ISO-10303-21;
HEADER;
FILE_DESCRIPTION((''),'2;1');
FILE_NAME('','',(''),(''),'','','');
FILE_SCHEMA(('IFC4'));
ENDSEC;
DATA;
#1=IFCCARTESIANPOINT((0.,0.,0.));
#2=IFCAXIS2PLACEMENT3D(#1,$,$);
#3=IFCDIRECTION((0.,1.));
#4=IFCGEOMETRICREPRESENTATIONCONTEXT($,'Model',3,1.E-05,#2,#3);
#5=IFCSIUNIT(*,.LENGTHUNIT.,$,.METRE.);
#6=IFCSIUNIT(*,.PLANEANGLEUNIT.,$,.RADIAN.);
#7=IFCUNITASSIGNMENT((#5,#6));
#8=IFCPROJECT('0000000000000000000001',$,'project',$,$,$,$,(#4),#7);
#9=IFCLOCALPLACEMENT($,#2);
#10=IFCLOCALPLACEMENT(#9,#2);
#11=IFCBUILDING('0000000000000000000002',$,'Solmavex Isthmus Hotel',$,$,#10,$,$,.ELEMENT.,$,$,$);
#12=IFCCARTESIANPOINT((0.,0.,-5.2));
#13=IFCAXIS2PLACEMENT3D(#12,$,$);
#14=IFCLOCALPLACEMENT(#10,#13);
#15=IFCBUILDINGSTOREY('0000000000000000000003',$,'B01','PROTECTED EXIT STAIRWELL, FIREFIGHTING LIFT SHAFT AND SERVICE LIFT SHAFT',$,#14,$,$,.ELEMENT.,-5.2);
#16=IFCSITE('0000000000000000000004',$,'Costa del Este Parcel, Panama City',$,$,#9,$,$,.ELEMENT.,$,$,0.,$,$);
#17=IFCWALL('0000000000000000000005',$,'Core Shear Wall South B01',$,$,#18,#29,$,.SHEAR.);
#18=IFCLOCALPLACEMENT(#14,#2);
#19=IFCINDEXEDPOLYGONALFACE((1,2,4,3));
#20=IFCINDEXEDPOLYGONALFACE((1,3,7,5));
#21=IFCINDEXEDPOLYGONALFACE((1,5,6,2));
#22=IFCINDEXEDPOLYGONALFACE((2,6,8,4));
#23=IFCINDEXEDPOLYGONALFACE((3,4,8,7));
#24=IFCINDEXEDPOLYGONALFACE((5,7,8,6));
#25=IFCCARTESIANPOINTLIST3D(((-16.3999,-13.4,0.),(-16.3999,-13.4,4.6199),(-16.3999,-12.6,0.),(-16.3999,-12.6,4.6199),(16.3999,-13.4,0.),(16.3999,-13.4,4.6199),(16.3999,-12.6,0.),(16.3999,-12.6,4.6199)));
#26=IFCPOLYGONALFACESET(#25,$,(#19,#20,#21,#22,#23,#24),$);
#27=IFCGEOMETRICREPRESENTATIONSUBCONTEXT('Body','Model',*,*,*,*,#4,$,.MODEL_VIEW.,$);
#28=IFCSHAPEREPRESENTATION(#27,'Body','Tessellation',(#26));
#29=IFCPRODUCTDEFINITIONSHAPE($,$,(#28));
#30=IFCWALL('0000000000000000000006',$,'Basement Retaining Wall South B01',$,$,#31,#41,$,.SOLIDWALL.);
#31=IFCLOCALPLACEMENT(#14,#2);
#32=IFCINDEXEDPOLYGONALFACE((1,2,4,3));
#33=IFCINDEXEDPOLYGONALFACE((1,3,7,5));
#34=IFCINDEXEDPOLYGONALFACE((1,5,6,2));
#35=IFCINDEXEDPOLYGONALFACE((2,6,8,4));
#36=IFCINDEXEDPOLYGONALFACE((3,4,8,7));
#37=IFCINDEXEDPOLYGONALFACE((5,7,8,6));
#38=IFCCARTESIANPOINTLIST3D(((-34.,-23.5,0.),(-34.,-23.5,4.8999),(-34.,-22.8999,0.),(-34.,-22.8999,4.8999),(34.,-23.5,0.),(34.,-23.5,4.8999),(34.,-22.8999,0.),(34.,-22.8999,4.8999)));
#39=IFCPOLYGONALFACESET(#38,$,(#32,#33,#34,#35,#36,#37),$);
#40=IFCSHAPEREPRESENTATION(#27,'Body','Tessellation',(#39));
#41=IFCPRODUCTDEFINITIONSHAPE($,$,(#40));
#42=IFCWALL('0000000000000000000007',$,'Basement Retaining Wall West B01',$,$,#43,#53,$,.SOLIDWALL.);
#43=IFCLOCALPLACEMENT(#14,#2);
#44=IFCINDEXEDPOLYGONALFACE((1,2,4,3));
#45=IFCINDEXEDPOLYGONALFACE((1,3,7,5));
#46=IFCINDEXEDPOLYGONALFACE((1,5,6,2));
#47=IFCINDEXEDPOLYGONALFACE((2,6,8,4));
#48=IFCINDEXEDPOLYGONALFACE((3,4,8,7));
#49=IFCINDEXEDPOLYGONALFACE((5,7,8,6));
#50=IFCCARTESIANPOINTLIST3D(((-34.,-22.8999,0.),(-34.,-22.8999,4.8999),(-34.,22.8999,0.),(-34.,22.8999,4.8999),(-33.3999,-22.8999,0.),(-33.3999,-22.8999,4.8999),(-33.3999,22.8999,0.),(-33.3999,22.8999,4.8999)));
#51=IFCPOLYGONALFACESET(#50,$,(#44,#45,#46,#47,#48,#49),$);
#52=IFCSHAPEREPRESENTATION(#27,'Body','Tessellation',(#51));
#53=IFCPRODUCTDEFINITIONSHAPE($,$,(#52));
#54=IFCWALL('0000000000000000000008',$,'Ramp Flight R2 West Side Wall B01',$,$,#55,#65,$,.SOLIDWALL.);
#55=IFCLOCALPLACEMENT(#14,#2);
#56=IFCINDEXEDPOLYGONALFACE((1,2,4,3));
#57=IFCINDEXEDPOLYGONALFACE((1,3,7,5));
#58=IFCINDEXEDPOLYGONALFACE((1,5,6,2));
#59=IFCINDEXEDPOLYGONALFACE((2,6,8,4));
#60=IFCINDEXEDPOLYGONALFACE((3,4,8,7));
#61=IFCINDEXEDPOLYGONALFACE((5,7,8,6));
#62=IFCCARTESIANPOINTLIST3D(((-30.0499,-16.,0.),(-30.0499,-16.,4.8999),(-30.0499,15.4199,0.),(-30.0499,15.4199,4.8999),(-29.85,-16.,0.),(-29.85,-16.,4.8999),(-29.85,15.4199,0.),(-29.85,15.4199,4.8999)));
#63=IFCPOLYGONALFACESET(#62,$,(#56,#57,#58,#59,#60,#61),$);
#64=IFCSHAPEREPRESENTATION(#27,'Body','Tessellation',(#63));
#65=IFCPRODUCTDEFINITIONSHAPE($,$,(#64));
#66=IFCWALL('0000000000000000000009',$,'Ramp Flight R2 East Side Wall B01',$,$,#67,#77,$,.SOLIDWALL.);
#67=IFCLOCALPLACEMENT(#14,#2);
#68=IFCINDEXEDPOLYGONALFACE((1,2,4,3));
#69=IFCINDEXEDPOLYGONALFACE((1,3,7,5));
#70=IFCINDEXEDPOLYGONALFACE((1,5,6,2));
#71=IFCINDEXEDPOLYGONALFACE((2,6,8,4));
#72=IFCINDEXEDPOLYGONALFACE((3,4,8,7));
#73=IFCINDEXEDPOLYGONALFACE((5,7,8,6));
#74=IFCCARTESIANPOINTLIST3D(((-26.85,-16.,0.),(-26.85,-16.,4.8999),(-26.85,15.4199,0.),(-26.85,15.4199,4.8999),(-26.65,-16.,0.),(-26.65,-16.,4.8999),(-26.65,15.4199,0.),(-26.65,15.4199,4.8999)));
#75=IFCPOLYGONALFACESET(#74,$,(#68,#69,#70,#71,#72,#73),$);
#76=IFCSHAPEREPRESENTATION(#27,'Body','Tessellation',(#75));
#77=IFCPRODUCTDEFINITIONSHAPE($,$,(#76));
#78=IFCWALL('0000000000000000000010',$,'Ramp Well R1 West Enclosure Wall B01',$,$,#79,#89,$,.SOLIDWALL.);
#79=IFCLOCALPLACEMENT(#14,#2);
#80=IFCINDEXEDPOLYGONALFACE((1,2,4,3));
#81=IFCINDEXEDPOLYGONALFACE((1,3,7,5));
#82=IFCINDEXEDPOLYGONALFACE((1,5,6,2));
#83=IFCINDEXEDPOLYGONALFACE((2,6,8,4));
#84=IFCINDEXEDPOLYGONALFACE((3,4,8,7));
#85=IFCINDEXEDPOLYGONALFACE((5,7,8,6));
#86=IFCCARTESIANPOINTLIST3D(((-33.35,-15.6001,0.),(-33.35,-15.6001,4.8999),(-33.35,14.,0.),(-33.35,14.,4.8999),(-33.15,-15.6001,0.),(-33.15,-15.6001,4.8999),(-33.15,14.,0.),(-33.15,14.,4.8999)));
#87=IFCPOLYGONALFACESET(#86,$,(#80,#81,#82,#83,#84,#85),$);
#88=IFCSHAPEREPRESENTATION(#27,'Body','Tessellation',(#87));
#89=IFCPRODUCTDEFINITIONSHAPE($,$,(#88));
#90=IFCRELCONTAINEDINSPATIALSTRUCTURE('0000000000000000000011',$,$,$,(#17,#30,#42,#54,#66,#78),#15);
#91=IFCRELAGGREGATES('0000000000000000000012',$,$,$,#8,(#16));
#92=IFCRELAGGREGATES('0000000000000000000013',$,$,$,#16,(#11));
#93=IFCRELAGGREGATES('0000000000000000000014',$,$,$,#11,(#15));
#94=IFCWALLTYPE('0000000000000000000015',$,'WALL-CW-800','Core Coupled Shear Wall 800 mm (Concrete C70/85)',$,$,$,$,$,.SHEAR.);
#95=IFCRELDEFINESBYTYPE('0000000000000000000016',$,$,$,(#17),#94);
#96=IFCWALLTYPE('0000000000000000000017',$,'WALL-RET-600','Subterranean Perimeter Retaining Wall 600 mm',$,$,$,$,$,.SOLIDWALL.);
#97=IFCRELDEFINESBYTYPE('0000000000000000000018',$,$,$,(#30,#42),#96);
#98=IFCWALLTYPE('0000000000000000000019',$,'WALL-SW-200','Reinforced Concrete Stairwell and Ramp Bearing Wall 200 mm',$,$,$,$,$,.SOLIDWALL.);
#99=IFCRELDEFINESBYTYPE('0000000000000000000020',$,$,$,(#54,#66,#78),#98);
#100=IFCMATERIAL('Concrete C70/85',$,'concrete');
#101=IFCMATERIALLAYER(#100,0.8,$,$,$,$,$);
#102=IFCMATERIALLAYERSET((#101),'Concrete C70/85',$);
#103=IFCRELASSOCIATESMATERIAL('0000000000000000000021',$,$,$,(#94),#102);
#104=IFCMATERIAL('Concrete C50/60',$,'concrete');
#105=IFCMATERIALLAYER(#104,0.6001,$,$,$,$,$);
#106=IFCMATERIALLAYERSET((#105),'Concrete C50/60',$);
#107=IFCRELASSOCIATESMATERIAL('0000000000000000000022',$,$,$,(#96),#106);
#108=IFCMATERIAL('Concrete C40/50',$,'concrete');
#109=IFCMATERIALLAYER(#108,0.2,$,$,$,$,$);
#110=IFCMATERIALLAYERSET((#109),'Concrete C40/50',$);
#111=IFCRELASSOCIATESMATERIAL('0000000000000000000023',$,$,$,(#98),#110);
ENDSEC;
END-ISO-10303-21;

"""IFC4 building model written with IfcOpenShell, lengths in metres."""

from ifc_helpers import new_model, si_unit, direction, frame, frame_2d, origin, place, context, subcontext, project, spatial, rectangle, extrude, material, layer, layer_set, type_object, element, save


model = new_model("IFC4")

# Units and contexts
model_context = context("Model", 3, precision=1e-05, world=origin(), true_north=direction((0.0, 1.0)))
body_context = subcontext(model_context, "Body", "Model", "MODEL_VIEW")
ifc_project = project(units=[si_unit("LENGTHUNIT", "METRE"), si_unit("PLANEANGLEUNIT", "RADIAN")], contexts=[model_context])

# Site, building, storey
site_placement = place(None, origin())
site = spatial("IfcSite", under=ifc_project, at=site_placement, Name="Costa del Este Parcel, Panama City", CompositionType="ELEMENT", RefElevation=0.0)
building_placement = place(site_placement, origin())
building = spatial("IfcBuilding", under=site, at=building_placement, Name="Solmavex Isthmus Hotel", CompositionType="ELEMENT")
storey_placement = place(building_placement, frame((0.0, 0.0, -5.2)))
storey = spatial("IfcBuildingStorey", under=building, at=storey_placement, Name="B01", Description="PROTECTED EXIT STAIRWELL, FIREFIGHTING LIFT SHAFT AND SERVICE LIFT SHAFT", CompositionType="ELEMENT", Elevation=-5.2)

# Shared definitions
ifc_material_1 = material(Name="Concrete C70/85", Category="concrete")
ifc_material_2 = material(Name="Concrete C50/60", Category="concrete")

# Shared definitions
ifc_material_3 = material(Name="Concrete C40/50", Category="concrete")

# Walls
ifc_layer_1 = layer(ifc_material_1, 0.8)
ifc_layer_set_1 = layer_set([ifc_layer_1], Name="Concrete C70/85")
wall_type_1 = type_object("IfcWallType", Name="WALL-CW-800", Description="Core Coupled Shear Wall 800 mm (Concrete C70/85)", PredefinedType="SHEAR", material=ifc_layer_set_1)
wall_1_placement = place(storey_placement, frame((-16.3999, -13.0, 0.0), z_axis=(0.0, 0.0, 1.0), x_axis=(1.0, 0.0, 0.0)))
element("IfcWall", 1, at=wall_1_placement, inside=storey, type_object=wall_type_1, Name="Core Shear Wall South B01", PredefinedType="SHEAR", context=body_context, shape_type="SweptSolid", body=[
    extrude(rectangle(XDim=32.7998, YDim=0.8, at=frame_2d((16.3999, 0.0))), origin(), (0.0, 0.0, 1.0), 4.6199),
])
ifc_layer_2 = layer(ifc_material_2, 0.6001)
ifc_layer_set_2 = layer_set([ifc_layer_2], Name="Concrete C50/60")
wall_type_2 = type_object("IfcWallType", Name="WALL-RET-600", Description="Subterranean Perimeter Retaining Wall 600 mm", PredefinedType="SOLIDWALL", material=ifc_layer_set_2)
wall_2_placement = place(storey_placement, frame((-34.0, -23.2, 0.0), z_axis=(0.0, 0.0, 1.0), x_axis=(1.0, 0.0, 0.0)))
element("IfcWall", 2, at=wall_2_placement, inside=storey, type_object=wall_type_2, Name="Basement Retaining Wall South B01", PredefinedType="SOLIDWALL", context=body_context, shape_type="SweptSolid", body=[
    extrude(rectangle(XDim=68.0, YDim=0.6001, at=frame_2d((34.0, 0.0))), origin(), (0.0, 0.0, 1.0), 4.8999),
])
wall_3_placement = place(storey_placement, frame((-33.7, -22.8999, 0.0), z_axis=(0.0, 0.0, 1.0), x_axis=(0.0, 1.0, 0.0)))
element("IfcWall", 3, at=wall_3_placement, inside=storey, type_object=wall_type_2, Name="Basement Retaining Wall West B01", PredefinedType="SOLIDWALL", context=body_context, shape_type="SweptSolid", body=[
    extrude(rectangle(XDim=45.7998, YDim=0.6001, at=frame_2d((22.8999, 0.0))), origin(), (0.0, 0.0, 1.0), 4.8999),
])
ifc_layer_3 = layer(ifc_material_3, 0.2)
ifc_layer_set_3 = layer_set([ifc_layer_3], Name="Concrete C40/50")
wall_type_3 = type_object("IfcWallType", Name="WALL-SW-200", Description="Reinforced Concrete Stairwell and Ramp Bearing Wall 200 mm", PredefinedType="SOLIDWALL", material=ifc_layer_set_3)
for number, where, z_axis, x_axis, name in (
    (4, (-29.95, -16.0, 0.0), (0.0, 0.0, 1.0), (0.0, 1.0, 0.0), "Ramp Flight R2 West Side Wall B01"),
    (5, (-26.75, -16.0, 0.0), (0.0, 0.0, 1.0), (0.0, 1.0, 0.0), "Ramp Flight R2 East Side Wall B01"),
):
    element("IfcWall", number, at=place(storey_placement, frame(where, z_axis=z_axis, x_axis=x_axis)), inside=storey, type_object=wall_type_3, Name=name, PredefinedType="SOLIDWALL", context=body_context, shape_type="SweptSolid", body=[
        extrude(rectangle(XDim=31.4199, YDim=0.2, at=frame_2d((15.71, 0.0))), origin(), (0.0, 0.0, 1.0), 4.8999),
    ])
wall_4_placement = place(storey_placement, frame((-33.25, -15.6001, 0.0), z_axis=(0.0, 0.0, 1.0), x_axis=(0.0, 1.0, 0.0)))
element("IfcWall", 6, at=wall_4_placement, inside=storey, type_object=wall_type_3, Name="Ramp Well R1 West Enclosure Wall B01", PredefinedType="SOLIDWALL", context=body_context, shape_type="SweptSolid", body=[
    extrude(rectangle(XDim=29.6001, YDim=0.2, at=frame_2d((14.8, 0.0))), origin(), (0.0, 0.0, 1.0), 4.8999),
])

save(model, "model.ifc")
